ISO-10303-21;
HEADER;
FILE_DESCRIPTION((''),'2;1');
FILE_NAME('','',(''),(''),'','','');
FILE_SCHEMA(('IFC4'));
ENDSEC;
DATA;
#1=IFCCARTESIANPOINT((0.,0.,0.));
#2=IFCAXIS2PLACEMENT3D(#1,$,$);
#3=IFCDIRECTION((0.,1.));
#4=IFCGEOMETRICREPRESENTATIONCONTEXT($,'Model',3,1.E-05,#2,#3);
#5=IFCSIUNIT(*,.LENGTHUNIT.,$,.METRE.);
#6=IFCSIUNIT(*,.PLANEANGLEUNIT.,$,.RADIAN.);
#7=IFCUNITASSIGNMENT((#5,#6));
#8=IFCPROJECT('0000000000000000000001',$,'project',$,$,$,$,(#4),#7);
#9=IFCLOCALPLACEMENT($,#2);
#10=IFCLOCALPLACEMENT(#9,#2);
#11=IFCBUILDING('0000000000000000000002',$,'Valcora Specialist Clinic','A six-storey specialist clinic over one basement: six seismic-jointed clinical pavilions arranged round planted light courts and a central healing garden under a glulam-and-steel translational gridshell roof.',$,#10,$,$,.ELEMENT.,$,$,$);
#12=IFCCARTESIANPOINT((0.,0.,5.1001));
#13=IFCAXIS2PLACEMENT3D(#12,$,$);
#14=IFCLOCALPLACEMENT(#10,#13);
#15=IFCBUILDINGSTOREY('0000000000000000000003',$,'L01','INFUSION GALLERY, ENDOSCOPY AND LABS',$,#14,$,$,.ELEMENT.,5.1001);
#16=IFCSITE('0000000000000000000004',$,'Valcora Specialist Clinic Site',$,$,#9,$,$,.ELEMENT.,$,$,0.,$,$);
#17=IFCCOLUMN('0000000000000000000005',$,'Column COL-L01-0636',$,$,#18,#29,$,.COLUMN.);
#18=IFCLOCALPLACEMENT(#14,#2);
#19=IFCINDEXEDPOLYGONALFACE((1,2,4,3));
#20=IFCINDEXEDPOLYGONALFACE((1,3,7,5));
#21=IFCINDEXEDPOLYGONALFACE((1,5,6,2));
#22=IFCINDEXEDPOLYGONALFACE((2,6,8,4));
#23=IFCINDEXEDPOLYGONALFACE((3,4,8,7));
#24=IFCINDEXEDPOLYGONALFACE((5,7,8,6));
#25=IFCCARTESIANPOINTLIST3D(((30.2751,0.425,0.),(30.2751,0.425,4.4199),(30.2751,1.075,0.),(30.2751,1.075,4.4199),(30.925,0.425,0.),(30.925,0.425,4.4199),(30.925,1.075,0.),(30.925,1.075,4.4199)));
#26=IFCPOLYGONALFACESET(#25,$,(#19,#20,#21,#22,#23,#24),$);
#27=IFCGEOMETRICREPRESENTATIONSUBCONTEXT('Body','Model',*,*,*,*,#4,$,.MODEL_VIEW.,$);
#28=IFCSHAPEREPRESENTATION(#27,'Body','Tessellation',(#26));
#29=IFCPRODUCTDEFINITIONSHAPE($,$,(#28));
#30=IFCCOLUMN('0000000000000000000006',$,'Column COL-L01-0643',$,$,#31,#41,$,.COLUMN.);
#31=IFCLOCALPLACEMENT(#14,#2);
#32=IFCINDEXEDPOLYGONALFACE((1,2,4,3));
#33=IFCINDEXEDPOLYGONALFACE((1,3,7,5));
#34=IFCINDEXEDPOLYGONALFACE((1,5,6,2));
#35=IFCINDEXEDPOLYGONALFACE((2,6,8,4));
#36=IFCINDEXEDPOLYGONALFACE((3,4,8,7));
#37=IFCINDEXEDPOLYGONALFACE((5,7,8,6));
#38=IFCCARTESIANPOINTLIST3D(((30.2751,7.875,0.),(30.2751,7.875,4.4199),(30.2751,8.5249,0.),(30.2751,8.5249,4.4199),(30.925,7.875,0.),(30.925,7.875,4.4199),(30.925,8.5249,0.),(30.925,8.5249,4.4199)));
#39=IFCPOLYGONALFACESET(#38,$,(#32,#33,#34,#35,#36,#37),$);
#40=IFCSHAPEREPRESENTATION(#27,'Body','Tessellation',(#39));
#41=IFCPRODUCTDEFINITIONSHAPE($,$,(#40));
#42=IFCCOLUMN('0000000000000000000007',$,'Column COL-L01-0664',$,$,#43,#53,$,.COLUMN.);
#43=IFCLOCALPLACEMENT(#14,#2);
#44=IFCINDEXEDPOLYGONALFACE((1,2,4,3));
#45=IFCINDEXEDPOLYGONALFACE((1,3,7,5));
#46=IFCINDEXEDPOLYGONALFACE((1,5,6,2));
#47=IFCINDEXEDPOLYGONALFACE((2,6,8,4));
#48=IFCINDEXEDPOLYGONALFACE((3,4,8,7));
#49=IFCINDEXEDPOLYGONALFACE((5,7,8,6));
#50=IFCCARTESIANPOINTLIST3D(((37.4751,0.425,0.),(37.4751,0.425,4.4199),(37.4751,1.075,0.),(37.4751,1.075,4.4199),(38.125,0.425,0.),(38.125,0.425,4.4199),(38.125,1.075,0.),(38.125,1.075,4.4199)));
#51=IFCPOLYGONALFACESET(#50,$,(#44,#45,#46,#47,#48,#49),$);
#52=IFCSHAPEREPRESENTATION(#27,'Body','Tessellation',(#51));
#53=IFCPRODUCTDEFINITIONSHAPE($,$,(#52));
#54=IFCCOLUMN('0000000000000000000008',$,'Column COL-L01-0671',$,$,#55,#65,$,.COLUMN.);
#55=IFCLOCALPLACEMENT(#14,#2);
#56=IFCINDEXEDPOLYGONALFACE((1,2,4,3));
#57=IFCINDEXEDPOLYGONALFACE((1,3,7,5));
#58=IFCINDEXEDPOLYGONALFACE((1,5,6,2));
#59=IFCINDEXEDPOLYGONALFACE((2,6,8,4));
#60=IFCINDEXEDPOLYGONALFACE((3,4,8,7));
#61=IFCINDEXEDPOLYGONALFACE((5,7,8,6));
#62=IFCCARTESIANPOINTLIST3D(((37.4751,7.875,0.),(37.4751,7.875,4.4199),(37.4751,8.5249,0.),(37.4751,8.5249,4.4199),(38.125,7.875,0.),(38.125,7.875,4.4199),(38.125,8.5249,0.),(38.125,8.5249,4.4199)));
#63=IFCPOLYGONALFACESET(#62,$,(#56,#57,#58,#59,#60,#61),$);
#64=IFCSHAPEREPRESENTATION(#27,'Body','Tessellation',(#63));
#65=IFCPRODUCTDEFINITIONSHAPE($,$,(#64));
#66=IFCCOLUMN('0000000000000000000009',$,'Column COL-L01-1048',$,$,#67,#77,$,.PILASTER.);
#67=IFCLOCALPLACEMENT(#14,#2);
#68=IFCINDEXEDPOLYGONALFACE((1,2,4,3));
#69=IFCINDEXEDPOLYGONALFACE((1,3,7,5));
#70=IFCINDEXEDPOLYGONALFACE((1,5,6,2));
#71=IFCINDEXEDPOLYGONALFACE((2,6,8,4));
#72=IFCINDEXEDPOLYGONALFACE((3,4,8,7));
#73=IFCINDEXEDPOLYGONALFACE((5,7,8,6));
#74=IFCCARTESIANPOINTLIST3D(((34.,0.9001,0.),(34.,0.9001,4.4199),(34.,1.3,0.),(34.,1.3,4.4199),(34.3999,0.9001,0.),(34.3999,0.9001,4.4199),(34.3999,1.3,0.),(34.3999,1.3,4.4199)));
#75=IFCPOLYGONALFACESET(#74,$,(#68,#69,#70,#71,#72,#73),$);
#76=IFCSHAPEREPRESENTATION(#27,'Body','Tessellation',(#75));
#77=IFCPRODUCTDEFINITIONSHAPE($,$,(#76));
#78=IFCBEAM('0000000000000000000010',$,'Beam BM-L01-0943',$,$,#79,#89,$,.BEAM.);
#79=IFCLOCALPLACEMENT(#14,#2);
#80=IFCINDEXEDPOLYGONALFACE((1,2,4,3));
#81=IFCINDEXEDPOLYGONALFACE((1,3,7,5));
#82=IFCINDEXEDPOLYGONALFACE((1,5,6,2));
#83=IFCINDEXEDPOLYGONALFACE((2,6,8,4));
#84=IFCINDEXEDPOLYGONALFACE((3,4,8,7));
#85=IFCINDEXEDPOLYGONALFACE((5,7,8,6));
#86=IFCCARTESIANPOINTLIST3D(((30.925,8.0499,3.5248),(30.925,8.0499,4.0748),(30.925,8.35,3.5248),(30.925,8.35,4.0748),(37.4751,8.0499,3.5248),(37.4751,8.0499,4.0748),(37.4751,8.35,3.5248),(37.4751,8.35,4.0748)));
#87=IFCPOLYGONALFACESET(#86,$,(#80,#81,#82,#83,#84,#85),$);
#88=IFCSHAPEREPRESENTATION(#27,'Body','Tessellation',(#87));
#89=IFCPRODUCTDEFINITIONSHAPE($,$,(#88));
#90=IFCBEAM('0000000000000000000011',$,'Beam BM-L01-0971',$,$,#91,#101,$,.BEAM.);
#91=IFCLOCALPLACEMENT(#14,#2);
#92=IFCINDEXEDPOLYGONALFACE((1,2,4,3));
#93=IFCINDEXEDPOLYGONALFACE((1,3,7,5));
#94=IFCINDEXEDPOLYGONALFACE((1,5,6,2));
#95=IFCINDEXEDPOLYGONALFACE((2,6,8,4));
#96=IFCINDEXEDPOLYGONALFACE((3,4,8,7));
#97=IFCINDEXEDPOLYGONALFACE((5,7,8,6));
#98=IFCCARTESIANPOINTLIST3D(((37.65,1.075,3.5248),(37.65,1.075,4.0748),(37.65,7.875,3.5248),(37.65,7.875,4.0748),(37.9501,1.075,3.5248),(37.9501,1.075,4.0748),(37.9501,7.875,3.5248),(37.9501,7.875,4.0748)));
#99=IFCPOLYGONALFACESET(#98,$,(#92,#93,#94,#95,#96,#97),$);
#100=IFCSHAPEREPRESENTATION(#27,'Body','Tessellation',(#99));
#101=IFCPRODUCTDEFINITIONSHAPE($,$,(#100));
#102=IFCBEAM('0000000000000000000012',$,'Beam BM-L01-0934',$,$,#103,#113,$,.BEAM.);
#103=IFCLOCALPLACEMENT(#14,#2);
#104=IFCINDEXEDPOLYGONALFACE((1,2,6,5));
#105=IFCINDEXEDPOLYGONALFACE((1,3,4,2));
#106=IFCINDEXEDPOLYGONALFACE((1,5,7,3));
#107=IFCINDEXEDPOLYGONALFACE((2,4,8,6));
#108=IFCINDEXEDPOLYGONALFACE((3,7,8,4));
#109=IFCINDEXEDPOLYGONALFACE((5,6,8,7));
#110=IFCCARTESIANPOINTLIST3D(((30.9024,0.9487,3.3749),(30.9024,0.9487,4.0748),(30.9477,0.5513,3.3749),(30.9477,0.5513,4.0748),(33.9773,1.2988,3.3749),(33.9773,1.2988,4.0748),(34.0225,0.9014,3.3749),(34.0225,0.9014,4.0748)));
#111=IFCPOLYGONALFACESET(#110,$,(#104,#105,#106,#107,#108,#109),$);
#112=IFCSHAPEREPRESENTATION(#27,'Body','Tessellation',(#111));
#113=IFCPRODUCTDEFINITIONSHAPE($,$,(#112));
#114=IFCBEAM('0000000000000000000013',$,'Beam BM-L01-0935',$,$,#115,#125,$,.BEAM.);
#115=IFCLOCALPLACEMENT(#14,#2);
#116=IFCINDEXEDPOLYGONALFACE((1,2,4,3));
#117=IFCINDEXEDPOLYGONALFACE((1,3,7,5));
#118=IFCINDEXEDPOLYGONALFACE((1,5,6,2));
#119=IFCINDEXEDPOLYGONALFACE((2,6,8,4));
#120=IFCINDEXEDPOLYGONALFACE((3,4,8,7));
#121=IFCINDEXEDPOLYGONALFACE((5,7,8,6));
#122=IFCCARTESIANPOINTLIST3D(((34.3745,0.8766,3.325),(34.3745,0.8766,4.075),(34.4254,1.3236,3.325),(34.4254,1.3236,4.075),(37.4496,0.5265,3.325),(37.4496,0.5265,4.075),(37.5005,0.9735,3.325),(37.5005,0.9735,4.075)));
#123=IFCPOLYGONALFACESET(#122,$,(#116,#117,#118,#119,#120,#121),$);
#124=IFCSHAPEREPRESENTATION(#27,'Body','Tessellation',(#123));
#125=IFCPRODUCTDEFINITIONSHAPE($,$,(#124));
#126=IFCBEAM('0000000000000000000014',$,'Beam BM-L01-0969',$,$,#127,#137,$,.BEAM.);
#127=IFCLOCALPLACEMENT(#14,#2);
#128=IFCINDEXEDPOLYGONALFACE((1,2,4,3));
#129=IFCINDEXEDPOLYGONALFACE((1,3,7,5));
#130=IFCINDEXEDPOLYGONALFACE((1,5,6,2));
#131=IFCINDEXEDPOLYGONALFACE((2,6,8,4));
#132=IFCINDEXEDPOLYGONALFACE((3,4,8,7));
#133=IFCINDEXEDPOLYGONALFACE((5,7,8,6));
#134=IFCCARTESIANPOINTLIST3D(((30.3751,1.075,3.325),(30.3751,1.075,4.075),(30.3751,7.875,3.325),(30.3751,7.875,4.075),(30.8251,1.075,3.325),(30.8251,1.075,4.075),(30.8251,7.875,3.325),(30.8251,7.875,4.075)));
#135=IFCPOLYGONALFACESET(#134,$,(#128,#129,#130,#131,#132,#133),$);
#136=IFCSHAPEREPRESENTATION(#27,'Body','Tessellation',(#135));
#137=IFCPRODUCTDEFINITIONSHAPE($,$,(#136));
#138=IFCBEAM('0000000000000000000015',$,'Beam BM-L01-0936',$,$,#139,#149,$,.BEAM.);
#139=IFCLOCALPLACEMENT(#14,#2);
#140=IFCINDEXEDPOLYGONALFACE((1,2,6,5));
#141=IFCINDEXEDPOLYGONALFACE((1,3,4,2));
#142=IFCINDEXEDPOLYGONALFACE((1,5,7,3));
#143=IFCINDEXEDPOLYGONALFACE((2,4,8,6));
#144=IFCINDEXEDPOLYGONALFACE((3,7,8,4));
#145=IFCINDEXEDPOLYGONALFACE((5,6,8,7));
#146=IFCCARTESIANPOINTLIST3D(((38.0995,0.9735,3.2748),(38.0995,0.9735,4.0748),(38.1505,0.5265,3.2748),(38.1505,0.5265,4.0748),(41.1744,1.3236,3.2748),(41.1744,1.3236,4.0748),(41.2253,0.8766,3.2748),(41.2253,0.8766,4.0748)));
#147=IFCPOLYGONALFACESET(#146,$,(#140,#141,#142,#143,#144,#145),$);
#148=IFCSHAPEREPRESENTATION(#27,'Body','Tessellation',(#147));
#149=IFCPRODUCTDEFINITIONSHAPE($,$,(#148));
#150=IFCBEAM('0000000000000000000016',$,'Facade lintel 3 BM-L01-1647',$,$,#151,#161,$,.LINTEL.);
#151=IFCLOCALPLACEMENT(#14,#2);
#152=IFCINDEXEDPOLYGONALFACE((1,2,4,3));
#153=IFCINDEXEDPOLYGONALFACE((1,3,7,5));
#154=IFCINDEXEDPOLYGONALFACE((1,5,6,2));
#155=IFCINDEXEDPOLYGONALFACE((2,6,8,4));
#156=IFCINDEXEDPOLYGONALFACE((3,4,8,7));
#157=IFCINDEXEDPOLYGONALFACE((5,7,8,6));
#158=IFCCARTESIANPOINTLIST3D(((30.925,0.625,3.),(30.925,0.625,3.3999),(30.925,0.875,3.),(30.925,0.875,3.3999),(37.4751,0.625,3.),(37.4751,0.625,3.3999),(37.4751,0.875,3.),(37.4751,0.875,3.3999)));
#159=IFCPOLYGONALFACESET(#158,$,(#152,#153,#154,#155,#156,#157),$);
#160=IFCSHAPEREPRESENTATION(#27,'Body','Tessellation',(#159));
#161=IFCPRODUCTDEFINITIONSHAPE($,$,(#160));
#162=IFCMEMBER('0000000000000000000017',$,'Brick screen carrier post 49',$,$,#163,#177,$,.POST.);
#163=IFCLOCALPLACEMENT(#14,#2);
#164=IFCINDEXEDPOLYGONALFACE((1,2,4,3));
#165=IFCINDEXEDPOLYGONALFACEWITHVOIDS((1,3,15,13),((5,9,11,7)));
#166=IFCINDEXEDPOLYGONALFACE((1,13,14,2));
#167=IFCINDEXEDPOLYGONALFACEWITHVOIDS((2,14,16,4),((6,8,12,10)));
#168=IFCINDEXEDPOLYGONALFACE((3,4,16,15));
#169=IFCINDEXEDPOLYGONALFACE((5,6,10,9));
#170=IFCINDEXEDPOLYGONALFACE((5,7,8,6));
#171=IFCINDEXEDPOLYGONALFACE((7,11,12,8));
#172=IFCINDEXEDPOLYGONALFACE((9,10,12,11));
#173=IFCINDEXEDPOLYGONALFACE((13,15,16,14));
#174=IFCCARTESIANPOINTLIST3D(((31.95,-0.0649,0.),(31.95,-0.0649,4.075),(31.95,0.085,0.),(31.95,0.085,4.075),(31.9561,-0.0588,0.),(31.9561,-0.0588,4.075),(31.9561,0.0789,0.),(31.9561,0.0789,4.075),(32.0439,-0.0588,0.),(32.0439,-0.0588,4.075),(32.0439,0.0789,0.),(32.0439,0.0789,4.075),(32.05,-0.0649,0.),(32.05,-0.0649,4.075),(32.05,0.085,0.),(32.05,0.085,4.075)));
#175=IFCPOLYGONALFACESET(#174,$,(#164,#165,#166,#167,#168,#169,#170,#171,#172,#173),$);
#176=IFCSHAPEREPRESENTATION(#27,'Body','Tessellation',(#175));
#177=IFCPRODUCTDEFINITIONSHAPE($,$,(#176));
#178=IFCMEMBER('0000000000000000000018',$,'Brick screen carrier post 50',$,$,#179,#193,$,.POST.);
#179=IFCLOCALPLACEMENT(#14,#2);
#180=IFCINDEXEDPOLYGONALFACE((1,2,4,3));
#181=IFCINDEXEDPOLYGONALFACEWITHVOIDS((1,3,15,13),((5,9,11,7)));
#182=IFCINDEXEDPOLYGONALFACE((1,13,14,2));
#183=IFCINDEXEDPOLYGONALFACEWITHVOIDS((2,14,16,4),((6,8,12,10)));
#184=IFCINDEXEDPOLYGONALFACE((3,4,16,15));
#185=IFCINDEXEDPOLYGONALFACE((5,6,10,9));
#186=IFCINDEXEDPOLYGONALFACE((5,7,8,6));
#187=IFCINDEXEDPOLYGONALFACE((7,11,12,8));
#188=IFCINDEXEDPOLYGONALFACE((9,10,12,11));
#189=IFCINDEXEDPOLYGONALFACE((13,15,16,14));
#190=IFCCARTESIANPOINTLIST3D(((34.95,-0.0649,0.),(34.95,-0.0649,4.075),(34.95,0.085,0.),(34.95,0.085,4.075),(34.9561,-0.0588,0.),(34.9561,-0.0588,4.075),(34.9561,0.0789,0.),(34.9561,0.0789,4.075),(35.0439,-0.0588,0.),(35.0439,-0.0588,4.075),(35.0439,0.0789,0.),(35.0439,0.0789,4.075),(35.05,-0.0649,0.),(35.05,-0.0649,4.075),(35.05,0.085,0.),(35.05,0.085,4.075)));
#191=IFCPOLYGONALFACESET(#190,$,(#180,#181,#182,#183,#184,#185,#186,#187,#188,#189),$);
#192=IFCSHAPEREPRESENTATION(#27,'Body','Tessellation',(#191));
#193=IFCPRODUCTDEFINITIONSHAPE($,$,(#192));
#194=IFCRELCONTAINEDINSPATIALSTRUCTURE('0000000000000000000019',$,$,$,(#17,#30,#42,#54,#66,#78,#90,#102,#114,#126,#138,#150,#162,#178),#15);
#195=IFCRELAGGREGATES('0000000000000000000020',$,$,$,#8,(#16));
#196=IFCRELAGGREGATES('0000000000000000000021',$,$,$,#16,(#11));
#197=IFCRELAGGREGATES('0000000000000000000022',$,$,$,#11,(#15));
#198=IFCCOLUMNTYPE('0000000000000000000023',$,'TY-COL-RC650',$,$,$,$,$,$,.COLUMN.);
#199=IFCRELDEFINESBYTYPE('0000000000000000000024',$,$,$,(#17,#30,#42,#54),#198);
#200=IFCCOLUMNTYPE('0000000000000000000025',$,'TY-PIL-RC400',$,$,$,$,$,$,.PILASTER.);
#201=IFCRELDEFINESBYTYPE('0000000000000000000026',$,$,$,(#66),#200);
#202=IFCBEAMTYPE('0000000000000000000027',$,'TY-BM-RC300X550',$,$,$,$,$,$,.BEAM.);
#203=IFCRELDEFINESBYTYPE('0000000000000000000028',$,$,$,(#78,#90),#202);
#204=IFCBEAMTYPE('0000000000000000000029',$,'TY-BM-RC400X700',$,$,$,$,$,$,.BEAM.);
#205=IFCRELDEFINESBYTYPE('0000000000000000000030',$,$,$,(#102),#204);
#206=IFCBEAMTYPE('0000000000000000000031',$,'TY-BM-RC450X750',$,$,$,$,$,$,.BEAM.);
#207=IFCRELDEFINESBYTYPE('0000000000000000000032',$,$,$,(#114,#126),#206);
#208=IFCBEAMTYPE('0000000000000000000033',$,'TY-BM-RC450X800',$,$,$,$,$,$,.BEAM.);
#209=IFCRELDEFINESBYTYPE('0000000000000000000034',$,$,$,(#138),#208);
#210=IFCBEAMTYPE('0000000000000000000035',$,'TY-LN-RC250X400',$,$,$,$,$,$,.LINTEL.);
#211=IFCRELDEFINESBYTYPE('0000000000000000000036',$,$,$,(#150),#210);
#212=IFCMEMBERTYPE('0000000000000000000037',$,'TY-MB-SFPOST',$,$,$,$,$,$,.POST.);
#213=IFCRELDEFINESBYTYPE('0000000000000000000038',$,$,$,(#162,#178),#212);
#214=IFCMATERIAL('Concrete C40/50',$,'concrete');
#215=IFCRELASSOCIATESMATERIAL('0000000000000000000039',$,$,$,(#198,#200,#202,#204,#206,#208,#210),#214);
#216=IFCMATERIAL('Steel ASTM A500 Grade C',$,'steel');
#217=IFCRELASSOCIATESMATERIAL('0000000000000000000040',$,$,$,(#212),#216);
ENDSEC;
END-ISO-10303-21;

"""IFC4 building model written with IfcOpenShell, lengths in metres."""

from ifc_helpers import new_model, si_unit, direction, frame, origin, origin_2d, place, context, subcontext, project, spatial, rectangle, hollow_rectangle, extrude, material, material_profile, profile_set, type_object, element, save


model = new_model("IFC4")

# Units and contexts
model_context = context("Model", 3, precision=1e-05, world=origin(), true_north=direction((0.0, 1.0)))
body_context = subcontext(model_context, "Body", "Model", "MODEL_VIEW")
ifc_project = project(units=[si_unit("LENGTHUNIT", "METRE"), si_unit("PLANEANGLEUNIT", "RADIAN")], contexts=[model_context])

# Site, building, storey
site_placement = place(None, origin())
site = spatial("IfcSite", under=ifc_project, at=site_placement, Name="Valcora Specialist Clinic Site", CompositionType="ELEMENT", RefElevation=0.0)
building_placement = place(site_placement, origin())
building = spatial("IfcBuilding", under=site, at=building_placement, Name="Valcora Specialist Clinic", Description="A six-storey specialist clinic over one basement: six seismic-jointed clinical pavilions arranged round planted light courts and a central healing garden under a glulam-and-steel translational gridshell roof.", CompositionType="ELEMENT")
storey_placement = place(building_placement, frame((0.0, 0.0, 5.1001)))
storey = spatial("IfcBuildingStorey", under=building, at=storey_placement, Name="L01", Description="INFUSION GALLERY, ENDOSCOPY AND LABS", CompositionType="ELEMENT", Elevation=5.1001)

# Columns
ifc_material_1 = material(Name="Concrete C40/50", Category="concrete")
ifc_material_profile_1 = material_profile(ifc_material_1, rectangle(XDim=0.6499, YDim=0.6499, at=origin_2d()), Name="RC-COL-650X650")
ifc_profile_set_1 = profile_set([ifc_material_profile_1], Name="Concrete C40/50")
column_type_1 = type_object("IfcColumnType", Name="TY-COL-RC650", PredefinedType="COLUMN", material=ifc_profile_set_1)
for number, where, z_axis, x_axis, name in (
    (1, (30.6001, 0.75, 0.0), (0.0, 0.0, 1.0), (1.0, 0.0, 0.0), "Column COL-L01-0636"),
    (2, (30.6001, 8.2, 0.0), (0.0, 0.0, 1.0), (1.0, 0.0, 0.0), "Column COL-L01-0643"),
    (3, (37.8, 0.75, 0.0), (0.0, 0.0, 1.0), (1.0, 0.0, 0.0), "Column COL-L01-0664"),
    (4, (37.8, 8.2, 0.0), (0.0, 0.0, 1.0), (1.0, 0.0, 0.0), "Column COL-L01-0671"),
):
    element("IfcColumn", number, at=place(storey_placement, frame(where, z_axis=z_axis, x_axis=x_axis)), inside=storey, type_object=column_type_1, Name=name, PredefinedType="COLUMN", context=body_context, shape_type="SweptSolid", body=[
        extrude(rectangle(XDim=0.6499, YDim=0.6499, at=origin_2d()), origin(), (0.0, 0.0, 1.0), 4.4199),
    ])
ifc_material_profile_2 = material_profile(ifc_material_1, rectangle(XDim=0.3999, YDim=0.3999, at=origin_2d()), Name="RC-COL-400X400")
ifc_profile_set_2 = profile_set([ifc_material_profile_2], Name="Concrete C40/50")
column_type_2 = type_object("IfcColumnType", Name="TY-PIL-RC400", PredefinedType="PILASTER", material=ifc_profile_set_2)
column_placement = place(storey_placement, frame((34.2, 1.1001, 0.0), z_axis=(0.0, 0.0, 1.0), x_axis=(1.0, 0.0, 0.0)))
element("IfcColumn", 5, at=column_placement, inside=storey, type_object=column_type_2, Name="Column COL-L01-1048", PredefinedType="PILASTER", context=body_context, shape_type="SweptSolid", body=[
    extrude(rectangle(XDim=0.3999, YDim=0.3999, at=origin_2d()), origin(), (0.0, 0.0, 1.0), 4.4199),
])

# Beams
ifc_material_profile_3 = material_profile(ifc_material_1, rectangle(XDim=0.3, YDim=0.55, at=origin_2d()), Name="RC-BM-300X550")
ifc_profile_set_3 = profile_set([ifc_material_profile_3], Name="Concrete C40/50")
beam_type_1 = type_object("IfcBeamType", Name="TY-BM-RC300X550", PredefinedType="BEAM", material=ifc_profile_set_3)
beam_1_placement = place(storey_placement, frame((30.925, 8.2, 3.7998), z_axis=(1.0, 0.0, 0.0), x_axis=(0.0, 1.0, 0.0)))
element("IfcBeam", 6, at=beam_1_placement, inside=storey, type_object=beam_type_1, Name="Beam BM-L01-0943", PredefinedType="BEAM", context=body_context, shape_type="SweptSolid", body=[
    extrude(rectangle(XDim=0.3, YDim=0.55, at=origin_2d()), origin(), (0.0, 0.0, 1.0), 6.55),
])
beam_2_placement = place(storey_placement, frame((37.8, 1.075, 3.7998), z_axis=(0.0, 1.0, 0.0), x_axis=(-1.0, 0.0, 0.0)))
element("IfcBeam", 7, at=beam_2_placement, inside=storey, type_object=beam_type_1, Name="Beam BM-L01-0971", PredefinedType="BEAM", context=body_context, shape_type="SweptSolid", body=[
    extrude(rectangle(XDim=0.3, YDim=0.55, at=origin_2d()), origin(), (0.0, 0.0, 1.0), 6.8),
])
ifc_material_profile_4 = material_profile(ifc_material_1, rectangle(XDim=0.3999, YDim=0.7, at=origin_2d()), Name="RC-BM-400X700")
ifc_profile_set_4 = profile_set([ifc_material_profile_4], Name="Concrete C40/50")
beam_type_2 = type_object("IfcBeamType", Name="TY-BM-RC400X700", PredefinedType="BEAM", material=ifc_profile_set_4)
beam_3_placement = place(storey_placement, frame((30.925, 0.75, 3.7249), z_axis=(0.993581, 0.113124, 0.0), x_axis=(-0.113124, 0.993581, 0.0)))
element("IfcBeam", 8, at=beam_3_placement, inside=storey, type_object=beam_type_2, Name="Beam BM-L01-0934", PredefinedType="BEAM", context=body_context, shape_type="SweptSolid", body=[
    extrude(rectangle(XDim=0.3999, YDim=0.7, at=origin_2d()), origin(), (0.0, 0.0, 1.0), 3.0947),
])
ifc_material_profile_5 = material_profile(ifc_material_1, rectangle(XDim=0.45, YDim=0.75, at=origin_2d()), Name="RC-BM-450X750")
ifc_profile_set_5 = profile_set([ifc_material_profile_5], Name="Concrete C40/50")
beam_type_3 = type_object("IfcBeamType", Name="TY-BM-RC450X750", PredefinedType="BEAM", material=ifc_profile_set_5)
beam_4_placement = place(storey_placement, frame((34.3999, 1.1001, 3.7), z_axis=(0.993582, -0.113115, 0.0), x_axis=(0.113115, 0.993582, 0.0)))
element("IfcBeam", 9, at=beam_4_placement, inside=storey, type_object=beam_type_3, Name="Beam BM-L01-0935", PredefinedType="BEAM", context=body_context, shape_type="SweptSolid", body=[
    extrude(rectangle(XDim=0.45, YDim=0.75, at=origin_2d()), origin(), (0.0, 0.0, 1.0), 3.095),
])
beam_5_placement = place(storey_placement, frame((30.6001, 1.075, 3.7), z_axis=(0.0, 1.0, 0.0), x_axis=(-1.0, 0.0, 0.0)))
element("IfcBeam", 10, at=beam_5_placement, inside=storey, type_object=beam_type_3, Name="Beam BM-L01-0969", PredefinedType="BEAM", context=body_context, shape_type="SweptSolid", body=[
    extrude(rectangle(XDim=0.45, YDim=0.75, at=origin_2d()), origin(), (0.0, 0.0, 1.0), 6.8),
])
ifc_material_profile_6 = material_profile(ifc_material_1, rectangle(XDim=0.45, YDim=0.8, at=origin_2d()), Name="RC-BM-450X800")
ifc_profile_set_6 = profile_set([ifc_material_profile_6], Name="Concrete C40/50")
beam_type_4 = type_object("IfcBeamType", Name="TY-BM-RC450X800", PredefinedType="BEAM", material=ifc_profile_set_6)
beam_6_placement = place(storey_placement, frame((38.125, 0.75, 3.6748), z_axis=(0.993581, 0.113124, 0.0), x_axis=(-0.113124, 0.993581, 0.0)))
element("IfcBeam", 11, at=beam_6_placement, inside=storey, type_object=beam_type_4, Name="Beam BM-L01-0936", PredefinedType="BEAM", context=body_context, shape_type="SweptSolid", body=[
    extrude(rectangle(XDim=0.45, YDim=0.8, at=origin_2d()), origin(), (0.0, 0.0, 1.0), 3.0947),
])
ifc_material_profile_7 = material_profile(ifc_material_1, rectangle(XDim=0.25, YDim=0.3999, at=origin_2d()), Name="RC-LN-250X400")
ifc_profile_set_7 = profile_set([ifc_material_profile_7], Name="Concrete C40/50")
beam_type_5 = type_object("IfcBeamType", Name="TY-LN-RC250X400", PredefinedType="LINTEL", material=ifc_profile_set_7)
beam_7_placement = place(storey_placement, frame((30.925, 0.75, 3.2), z_axis=(1.0, 0.0, 0.0), x_axis=(0.0, 1.0, 0.0)))
element("IfcBeam", 12, at=beam_7_placement, inside=storey, type_object=beam_type_5, Name="Facade lintel 3 BM-L01-1647", PredefinedType="LINTEL", context=body_context, shape_type="SweptSolid", body=[
    extrude(rectangle(XDim=0.25, YDim=0.3999, at=origin_2d()), origin(), (0.0, 0.0, 1.0), 6.55),
])

# Members
ifc_material_2 = material(Name="Steel ASTM A500 Grade C", Category="steel")
ifc_material_profile_8 = material_profile(ifc_material_2, hollow_rectangle(XDim=0.1001, YDim=0.1499, WallThickness=0.0061, at=origin_2d()), Name="ST-RHS-150X100X6")
ifc_profile_set_8 = profile_set([ifc_material_profile_8], Name="Steel ASTM A500 Grade C")
member_type_1 = type_object("IfcMemberType", Name="TY-MB-SFPOST", PredefinedType="POST", material=ifc_profile_set_8)
for number, where, z_axis, x_axis, name in (
    (13, (32.0, 0.01, 0.0), (0.0, 0.0, 1.0), (1.0, 0.0, 0.0), "Brick screen carrier post 49"),
    (14, (35.0, 0.01, 0.0), (0.0, 0.0, 1.0), (1.0, 0.0, 0.0), "Brick screen carrier post 50"),
):
    element("IfcMember", number, at=place(storey_placement, frame(where, z_axis=z_axis, x_axis=x_axis)), inside=storey, type_object=member_type_1, Name=name, PredefinedType="POST", context=body_context, shape_type="SweptSolid", body=[
        extrude(hollow_rectangle(XDim=0.1001, YDim=0.1499, WallThickness=0.0061, at=origin_2d()), origin(), (0.0, 0.0, 1.0), 4.075),
    ])

save(model, "model.ifc")
